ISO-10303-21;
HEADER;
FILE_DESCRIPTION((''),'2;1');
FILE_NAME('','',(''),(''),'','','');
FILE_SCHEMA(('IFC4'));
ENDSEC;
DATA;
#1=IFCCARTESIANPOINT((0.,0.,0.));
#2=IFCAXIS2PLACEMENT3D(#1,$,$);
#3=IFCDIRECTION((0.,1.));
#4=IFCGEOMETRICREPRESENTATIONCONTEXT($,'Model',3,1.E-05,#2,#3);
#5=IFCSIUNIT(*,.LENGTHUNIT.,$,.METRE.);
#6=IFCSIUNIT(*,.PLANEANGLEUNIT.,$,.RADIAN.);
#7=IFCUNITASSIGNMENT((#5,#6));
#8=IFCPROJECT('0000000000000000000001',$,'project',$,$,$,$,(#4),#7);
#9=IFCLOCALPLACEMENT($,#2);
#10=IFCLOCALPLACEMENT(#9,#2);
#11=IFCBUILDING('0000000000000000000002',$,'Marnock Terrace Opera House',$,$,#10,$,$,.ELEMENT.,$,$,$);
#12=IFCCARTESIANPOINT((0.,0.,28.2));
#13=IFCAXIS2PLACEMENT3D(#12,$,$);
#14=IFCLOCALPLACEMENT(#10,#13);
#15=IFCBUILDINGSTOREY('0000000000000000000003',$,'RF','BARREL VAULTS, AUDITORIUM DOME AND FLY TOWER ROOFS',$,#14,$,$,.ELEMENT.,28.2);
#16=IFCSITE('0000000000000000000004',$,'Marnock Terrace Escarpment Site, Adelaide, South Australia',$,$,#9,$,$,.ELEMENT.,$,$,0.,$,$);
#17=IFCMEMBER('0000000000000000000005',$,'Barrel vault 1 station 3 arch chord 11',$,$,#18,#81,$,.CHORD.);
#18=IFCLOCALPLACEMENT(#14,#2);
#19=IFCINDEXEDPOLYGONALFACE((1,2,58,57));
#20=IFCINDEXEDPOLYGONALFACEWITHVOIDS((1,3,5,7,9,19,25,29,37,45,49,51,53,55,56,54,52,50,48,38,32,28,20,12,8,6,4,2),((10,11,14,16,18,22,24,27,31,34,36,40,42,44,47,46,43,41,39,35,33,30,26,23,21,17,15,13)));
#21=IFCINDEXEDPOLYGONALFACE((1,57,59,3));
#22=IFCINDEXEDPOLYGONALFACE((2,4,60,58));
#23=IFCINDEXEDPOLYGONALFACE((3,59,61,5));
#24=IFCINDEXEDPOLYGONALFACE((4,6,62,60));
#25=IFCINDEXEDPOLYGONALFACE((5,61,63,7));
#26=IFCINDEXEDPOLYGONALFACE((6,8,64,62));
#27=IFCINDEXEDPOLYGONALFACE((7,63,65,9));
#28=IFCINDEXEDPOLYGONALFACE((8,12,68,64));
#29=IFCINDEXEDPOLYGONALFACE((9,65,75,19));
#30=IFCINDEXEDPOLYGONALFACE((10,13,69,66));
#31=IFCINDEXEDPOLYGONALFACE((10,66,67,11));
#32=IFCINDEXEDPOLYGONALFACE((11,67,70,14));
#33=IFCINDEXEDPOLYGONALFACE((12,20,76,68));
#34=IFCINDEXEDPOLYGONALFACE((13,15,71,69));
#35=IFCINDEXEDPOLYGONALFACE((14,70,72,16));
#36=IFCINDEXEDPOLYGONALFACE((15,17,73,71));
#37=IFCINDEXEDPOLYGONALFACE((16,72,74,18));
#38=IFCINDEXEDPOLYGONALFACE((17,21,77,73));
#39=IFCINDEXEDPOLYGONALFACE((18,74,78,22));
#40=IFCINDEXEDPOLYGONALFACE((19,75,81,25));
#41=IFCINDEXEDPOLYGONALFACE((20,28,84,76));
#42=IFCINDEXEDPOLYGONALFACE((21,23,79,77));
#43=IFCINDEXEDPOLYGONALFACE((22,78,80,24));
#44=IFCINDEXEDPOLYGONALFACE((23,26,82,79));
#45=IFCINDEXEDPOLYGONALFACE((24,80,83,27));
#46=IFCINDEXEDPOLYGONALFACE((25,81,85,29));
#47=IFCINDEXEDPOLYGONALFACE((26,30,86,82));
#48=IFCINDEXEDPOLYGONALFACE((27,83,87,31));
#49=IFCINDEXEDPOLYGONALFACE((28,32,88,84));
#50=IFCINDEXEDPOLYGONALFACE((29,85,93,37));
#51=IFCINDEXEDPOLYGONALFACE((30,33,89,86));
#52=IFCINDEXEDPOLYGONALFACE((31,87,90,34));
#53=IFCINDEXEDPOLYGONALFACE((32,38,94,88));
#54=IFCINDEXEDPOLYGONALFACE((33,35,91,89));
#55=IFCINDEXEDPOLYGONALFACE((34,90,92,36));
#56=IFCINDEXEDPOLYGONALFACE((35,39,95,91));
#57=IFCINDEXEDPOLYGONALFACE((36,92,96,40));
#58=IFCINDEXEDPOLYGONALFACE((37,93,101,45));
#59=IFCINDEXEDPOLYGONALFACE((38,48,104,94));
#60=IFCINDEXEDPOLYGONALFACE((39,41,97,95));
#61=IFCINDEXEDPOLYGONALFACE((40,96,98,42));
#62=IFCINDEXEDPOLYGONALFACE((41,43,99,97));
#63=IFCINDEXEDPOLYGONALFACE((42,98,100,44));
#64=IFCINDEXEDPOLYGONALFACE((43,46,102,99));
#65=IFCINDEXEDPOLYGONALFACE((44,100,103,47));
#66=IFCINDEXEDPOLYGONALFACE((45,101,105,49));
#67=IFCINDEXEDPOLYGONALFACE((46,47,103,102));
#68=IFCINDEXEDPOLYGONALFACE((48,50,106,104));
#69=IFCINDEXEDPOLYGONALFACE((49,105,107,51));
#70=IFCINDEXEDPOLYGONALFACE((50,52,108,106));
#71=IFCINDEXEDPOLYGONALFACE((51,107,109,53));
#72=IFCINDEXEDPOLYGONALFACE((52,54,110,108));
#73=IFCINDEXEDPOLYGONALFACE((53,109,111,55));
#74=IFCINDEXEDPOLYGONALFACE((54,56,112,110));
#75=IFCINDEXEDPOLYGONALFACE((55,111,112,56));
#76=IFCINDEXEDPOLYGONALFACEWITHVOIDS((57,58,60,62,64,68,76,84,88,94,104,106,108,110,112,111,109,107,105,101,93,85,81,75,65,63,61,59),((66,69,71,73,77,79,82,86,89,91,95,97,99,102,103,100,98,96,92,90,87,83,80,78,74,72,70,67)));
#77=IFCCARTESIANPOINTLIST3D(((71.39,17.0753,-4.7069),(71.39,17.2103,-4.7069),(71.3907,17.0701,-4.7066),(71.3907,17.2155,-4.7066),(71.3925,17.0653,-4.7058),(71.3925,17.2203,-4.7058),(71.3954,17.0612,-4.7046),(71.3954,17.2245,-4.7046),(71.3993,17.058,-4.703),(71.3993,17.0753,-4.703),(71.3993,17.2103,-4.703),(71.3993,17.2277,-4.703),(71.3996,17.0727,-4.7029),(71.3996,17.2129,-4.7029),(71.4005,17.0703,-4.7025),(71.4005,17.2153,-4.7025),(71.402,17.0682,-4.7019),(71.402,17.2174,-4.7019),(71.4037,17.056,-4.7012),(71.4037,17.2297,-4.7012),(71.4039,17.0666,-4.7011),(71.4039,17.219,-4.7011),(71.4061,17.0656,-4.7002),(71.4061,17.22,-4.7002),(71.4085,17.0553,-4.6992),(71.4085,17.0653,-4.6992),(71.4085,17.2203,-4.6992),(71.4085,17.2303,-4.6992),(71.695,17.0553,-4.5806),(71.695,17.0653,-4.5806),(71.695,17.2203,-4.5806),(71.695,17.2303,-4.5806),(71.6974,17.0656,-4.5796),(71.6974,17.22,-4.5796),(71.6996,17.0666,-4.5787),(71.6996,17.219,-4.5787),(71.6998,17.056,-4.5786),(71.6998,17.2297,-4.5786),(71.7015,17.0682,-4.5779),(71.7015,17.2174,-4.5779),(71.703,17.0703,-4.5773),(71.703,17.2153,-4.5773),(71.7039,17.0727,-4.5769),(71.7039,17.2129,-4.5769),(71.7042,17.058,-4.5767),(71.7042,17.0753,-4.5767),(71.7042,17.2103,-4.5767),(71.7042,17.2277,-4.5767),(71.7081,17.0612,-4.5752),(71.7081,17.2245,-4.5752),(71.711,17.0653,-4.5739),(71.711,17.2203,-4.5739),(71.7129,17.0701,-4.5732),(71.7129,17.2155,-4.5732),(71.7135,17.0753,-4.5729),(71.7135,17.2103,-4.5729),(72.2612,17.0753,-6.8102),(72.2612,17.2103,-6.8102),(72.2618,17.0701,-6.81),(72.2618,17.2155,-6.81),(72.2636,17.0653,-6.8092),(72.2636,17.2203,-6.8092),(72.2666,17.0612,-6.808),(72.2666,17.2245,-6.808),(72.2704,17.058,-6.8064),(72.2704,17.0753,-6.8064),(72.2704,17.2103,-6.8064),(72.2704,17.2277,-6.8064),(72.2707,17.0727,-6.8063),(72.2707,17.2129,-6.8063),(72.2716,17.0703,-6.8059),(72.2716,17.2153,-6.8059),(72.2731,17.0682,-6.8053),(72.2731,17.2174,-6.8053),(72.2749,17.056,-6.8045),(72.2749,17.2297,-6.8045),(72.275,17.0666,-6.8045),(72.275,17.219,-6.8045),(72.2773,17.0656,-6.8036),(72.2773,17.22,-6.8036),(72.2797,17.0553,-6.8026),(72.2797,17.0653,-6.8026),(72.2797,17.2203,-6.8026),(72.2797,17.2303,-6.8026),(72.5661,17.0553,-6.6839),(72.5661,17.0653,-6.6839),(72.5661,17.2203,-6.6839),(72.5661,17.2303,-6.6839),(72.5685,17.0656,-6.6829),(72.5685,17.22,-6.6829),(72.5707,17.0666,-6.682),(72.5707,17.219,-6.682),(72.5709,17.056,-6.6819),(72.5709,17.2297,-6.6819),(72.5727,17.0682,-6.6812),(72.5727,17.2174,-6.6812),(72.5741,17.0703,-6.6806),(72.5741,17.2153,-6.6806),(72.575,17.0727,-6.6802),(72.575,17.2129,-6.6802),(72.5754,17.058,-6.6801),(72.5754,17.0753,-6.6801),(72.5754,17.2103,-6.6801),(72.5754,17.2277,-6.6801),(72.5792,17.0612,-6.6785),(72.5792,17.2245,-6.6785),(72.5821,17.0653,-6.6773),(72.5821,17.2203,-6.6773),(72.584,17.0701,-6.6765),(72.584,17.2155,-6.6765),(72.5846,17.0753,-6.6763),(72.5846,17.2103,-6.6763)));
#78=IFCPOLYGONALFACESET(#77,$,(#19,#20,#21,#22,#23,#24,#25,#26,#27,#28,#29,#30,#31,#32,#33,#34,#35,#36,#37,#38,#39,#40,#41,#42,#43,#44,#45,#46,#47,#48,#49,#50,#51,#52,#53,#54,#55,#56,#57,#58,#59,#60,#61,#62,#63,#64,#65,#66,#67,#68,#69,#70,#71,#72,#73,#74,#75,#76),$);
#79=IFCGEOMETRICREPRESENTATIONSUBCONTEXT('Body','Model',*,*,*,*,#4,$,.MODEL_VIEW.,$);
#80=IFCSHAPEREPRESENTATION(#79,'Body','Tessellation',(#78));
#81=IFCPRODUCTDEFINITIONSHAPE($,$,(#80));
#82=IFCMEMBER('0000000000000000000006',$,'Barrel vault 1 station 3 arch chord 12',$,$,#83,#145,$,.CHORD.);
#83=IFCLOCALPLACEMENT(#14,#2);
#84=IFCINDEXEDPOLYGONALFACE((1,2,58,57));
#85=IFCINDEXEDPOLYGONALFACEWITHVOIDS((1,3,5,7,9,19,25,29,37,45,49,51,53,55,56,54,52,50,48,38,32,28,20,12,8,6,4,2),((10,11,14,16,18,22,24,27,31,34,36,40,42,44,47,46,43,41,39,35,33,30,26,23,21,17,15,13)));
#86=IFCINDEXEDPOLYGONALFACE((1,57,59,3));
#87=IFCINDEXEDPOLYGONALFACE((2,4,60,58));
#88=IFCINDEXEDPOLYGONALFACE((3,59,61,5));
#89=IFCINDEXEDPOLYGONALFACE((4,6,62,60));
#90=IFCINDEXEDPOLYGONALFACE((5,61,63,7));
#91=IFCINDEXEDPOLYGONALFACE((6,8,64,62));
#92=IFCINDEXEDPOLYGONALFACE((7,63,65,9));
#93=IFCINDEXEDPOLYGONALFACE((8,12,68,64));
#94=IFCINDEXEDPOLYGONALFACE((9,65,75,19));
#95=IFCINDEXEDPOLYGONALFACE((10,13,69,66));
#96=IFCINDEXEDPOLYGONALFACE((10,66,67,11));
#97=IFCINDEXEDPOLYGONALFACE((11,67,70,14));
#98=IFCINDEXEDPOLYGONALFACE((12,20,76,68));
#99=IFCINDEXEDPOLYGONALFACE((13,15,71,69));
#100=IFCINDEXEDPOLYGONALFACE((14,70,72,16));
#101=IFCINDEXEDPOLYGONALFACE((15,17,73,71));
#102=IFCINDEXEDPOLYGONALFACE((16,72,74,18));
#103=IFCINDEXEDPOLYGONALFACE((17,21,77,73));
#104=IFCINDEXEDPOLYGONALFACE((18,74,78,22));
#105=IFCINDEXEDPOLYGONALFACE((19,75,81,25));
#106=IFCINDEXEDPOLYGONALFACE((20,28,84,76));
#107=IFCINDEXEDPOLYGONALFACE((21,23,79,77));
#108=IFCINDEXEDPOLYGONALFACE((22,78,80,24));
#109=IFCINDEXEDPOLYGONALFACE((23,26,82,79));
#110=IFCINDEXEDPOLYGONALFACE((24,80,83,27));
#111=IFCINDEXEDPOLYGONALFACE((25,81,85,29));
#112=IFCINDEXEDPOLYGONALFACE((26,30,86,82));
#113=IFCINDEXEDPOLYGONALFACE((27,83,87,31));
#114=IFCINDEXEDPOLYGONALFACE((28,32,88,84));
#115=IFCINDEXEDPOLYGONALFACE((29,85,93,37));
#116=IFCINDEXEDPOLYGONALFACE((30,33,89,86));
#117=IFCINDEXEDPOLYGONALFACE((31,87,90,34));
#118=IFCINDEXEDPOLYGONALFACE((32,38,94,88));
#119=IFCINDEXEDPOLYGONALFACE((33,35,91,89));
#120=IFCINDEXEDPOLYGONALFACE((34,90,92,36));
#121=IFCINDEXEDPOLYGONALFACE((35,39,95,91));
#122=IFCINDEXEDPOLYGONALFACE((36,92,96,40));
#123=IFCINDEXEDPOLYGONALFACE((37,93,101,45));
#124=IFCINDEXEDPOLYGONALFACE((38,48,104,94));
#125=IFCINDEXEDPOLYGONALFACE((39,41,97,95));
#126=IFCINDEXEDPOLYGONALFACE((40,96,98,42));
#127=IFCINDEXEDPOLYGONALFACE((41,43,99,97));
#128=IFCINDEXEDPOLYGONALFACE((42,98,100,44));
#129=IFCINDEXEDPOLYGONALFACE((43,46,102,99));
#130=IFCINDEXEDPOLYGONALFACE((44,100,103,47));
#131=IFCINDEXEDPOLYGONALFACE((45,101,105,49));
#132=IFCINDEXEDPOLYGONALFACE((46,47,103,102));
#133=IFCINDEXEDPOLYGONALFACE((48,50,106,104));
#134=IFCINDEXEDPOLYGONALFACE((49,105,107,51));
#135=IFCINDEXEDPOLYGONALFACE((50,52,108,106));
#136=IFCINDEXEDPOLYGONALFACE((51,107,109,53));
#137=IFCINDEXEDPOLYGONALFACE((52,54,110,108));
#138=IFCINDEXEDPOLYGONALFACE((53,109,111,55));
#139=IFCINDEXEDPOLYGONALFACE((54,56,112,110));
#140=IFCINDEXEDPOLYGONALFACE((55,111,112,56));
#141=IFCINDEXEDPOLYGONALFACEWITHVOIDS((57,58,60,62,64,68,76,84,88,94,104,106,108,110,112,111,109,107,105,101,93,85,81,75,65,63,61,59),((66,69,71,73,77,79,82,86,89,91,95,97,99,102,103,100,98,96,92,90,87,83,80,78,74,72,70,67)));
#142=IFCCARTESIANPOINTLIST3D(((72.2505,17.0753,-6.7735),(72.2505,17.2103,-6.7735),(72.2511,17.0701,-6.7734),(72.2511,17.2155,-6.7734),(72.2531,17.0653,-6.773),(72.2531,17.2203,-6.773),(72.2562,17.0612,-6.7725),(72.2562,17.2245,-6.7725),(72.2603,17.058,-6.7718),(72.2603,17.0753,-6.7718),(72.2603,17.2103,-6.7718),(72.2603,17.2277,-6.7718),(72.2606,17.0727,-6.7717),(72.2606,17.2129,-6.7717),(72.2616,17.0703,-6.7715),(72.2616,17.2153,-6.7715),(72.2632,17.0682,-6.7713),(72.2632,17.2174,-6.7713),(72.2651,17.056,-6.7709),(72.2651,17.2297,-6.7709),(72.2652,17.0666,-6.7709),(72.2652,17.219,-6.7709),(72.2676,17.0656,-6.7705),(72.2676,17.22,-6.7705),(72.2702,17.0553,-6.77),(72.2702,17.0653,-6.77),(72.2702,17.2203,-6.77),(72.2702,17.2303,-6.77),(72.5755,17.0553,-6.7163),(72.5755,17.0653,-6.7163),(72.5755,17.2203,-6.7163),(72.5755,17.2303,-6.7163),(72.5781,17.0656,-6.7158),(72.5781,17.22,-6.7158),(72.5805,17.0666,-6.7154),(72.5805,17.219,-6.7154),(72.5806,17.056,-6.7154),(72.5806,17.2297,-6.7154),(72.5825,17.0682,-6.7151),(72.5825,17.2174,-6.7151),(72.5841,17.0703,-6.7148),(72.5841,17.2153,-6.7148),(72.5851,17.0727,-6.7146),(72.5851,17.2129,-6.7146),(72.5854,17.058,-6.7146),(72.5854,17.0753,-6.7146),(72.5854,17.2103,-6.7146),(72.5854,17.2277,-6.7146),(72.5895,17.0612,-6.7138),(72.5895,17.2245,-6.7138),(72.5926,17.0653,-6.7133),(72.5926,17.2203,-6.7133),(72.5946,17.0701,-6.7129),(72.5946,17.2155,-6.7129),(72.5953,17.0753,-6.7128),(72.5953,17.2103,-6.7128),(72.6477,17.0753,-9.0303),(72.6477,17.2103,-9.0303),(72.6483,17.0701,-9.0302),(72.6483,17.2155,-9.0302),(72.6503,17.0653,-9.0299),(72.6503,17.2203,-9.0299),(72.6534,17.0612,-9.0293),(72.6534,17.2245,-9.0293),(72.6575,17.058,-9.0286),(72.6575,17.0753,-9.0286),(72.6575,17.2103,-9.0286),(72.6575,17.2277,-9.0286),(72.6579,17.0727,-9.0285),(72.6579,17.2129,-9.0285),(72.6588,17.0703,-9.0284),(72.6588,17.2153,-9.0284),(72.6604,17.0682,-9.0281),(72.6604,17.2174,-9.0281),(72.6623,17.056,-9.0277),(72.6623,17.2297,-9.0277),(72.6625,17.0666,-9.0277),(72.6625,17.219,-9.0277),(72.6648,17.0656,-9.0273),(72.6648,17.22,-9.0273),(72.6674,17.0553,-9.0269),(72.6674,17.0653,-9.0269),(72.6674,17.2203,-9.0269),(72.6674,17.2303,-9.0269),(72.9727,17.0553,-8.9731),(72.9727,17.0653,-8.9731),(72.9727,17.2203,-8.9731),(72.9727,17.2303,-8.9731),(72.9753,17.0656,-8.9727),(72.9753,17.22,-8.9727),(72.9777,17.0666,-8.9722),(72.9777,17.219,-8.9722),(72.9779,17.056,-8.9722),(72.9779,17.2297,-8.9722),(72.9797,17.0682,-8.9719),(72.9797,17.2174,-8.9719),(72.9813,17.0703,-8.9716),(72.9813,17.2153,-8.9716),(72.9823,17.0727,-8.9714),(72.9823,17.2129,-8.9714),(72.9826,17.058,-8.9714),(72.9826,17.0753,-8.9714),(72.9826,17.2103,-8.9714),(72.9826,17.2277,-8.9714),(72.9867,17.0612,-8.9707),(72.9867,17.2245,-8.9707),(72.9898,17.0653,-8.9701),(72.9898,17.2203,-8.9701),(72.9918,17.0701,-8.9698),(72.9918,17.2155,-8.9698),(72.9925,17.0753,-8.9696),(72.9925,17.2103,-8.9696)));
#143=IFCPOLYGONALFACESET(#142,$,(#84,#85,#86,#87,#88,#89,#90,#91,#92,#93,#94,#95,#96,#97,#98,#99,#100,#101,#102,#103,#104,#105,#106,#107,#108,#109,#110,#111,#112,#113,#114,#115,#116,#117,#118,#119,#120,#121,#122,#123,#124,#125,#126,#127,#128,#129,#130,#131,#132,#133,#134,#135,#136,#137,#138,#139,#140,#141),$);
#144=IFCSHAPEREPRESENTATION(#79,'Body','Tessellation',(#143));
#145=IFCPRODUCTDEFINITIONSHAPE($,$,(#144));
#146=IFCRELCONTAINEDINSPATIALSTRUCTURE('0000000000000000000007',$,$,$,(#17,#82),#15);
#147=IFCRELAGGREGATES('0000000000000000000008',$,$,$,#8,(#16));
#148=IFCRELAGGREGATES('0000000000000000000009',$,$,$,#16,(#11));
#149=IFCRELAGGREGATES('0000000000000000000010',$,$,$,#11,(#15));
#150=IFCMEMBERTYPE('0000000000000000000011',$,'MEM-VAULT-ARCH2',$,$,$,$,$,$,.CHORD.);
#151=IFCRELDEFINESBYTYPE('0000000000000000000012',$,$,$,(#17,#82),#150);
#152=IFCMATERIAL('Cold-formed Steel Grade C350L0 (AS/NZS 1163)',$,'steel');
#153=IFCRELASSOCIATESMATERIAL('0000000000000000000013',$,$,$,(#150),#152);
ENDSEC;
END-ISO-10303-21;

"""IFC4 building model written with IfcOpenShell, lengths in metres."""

from ifc_helpers import new_model, si_unit, direction, frame, origin, origin_2d, place, context, subcontext, project, spatial, hollow_rectangle, extrude, material, material_profile, profile_set, type_object, element, save


model = new_model("IFC4")

# Units and contexts
model_context = context("Model", 3, precision=1e-05, world=origin(), true_north=direction((0.0, 1.0)))
body_context = subcontext(model_context, "Body", "Model", "MODEL_VIEW")
ifc_project = project(units=[si_unit("LENGTHUNIT", "METRE"), si_unit("PLANEANGLEUNIT", "RADIAN")], contexts=[model_context])

# Site, building, storey
site_placement = place(None, origin())
site = spatial("IfcSite", under=ifc_project, at=site_placement, Name="Marnock Terrace Escarpment Site, Adelaide, South Australia", CompositionType="ELEMENT", RefElevation=0.0)
building_placement = place(site_placement, origin())
building = spatial("IfcBuilding", under=site, at=building_placement, Name="Marnock Terrace Opera House", CompositionType="ELEMENT")
storey_placement = place(building_placement, frame((0.0, 0.0, 28.2)))
storey = spatial("IfcBuildingStorey", under=building, at=storey_placement, Name="RF", Description="BARREL VAULTS, AUDITORIUM DOME AND FLY TOWER ROOFS", CompositionType="ELEMENT", Elevation=28.2)

# Members
ifc_material = material(Name="Cold-formed Steel Grade C350L0 (AS/NZS 1163)", Category="steel")
ifc_material_profile_1 = material_profile(ifc_material, hollow_rectangle(XDim=0.175, YDim=0.3501, WallThickness=0.01, InnerFilletRadius=0.01, OuterFilletRadius=0.02, at=origin_2d()))
ifc_profile_set_1 = profile_set([ifc_material_profile_1], Name="Cold-formed Steel Grade C350L0 (AS/NZS 1163)")
member_type_1 = type_object("IfcMemberType", Name="MEM-VAULT-ARCH2", PredefinedType="CHORD", material=ifc_profile_set_1)
member_1_placement = place(storey_placement, frame((71.5518, 17.1428, -4.6399), z_axis=(0.382642, 0.0, -0.923897), x_axis=(0.0, 1.0, 0.0)))
element("IfcMember", 1, at=member_1_placement, inside=storey, type_object=member_type_1, Name="Barrel vault 1 station 3 arch chord 11", PredefinedType="CHORD", context=body_context, shape_type="SweptSolid", body=[
    extrude(hollow_rectangle(XDim=0.175, YDim=0.3501, WallThickness=0.01, InnerFilletRadius=0.01, OuterFilletRadius=0.02, at=origin_2d()), origin(), (0.0, 0.0, 1.0), 2.2766),
])
member_2_placement = place(storey_placement, frame((72.4229, 17.1428, -6.7432), z_axis=(0.173342, 0.0, -0.984862), x_axis=(0.0, 1.0, 0.0)))
element("IfcMember", 2, at=member_2_placement, inside=storey, type_object=member_type_1, Name="Barrel vault 1 station 3 arch chord 12", PredefinedType="CHORD", context=body_context, shape_type="SweptSolid", body=[
    extrude(hollow_rectangle(XDim=0.175, YDim=0.3501, WallThickness=0.01, InnerFilletRadius=0.01, OuterFilletRadius=0.02, at=origin_2d()), origin(), (0.0, 0.0, 1.0), 2.2915),
])

save(model, "model.ifc")
